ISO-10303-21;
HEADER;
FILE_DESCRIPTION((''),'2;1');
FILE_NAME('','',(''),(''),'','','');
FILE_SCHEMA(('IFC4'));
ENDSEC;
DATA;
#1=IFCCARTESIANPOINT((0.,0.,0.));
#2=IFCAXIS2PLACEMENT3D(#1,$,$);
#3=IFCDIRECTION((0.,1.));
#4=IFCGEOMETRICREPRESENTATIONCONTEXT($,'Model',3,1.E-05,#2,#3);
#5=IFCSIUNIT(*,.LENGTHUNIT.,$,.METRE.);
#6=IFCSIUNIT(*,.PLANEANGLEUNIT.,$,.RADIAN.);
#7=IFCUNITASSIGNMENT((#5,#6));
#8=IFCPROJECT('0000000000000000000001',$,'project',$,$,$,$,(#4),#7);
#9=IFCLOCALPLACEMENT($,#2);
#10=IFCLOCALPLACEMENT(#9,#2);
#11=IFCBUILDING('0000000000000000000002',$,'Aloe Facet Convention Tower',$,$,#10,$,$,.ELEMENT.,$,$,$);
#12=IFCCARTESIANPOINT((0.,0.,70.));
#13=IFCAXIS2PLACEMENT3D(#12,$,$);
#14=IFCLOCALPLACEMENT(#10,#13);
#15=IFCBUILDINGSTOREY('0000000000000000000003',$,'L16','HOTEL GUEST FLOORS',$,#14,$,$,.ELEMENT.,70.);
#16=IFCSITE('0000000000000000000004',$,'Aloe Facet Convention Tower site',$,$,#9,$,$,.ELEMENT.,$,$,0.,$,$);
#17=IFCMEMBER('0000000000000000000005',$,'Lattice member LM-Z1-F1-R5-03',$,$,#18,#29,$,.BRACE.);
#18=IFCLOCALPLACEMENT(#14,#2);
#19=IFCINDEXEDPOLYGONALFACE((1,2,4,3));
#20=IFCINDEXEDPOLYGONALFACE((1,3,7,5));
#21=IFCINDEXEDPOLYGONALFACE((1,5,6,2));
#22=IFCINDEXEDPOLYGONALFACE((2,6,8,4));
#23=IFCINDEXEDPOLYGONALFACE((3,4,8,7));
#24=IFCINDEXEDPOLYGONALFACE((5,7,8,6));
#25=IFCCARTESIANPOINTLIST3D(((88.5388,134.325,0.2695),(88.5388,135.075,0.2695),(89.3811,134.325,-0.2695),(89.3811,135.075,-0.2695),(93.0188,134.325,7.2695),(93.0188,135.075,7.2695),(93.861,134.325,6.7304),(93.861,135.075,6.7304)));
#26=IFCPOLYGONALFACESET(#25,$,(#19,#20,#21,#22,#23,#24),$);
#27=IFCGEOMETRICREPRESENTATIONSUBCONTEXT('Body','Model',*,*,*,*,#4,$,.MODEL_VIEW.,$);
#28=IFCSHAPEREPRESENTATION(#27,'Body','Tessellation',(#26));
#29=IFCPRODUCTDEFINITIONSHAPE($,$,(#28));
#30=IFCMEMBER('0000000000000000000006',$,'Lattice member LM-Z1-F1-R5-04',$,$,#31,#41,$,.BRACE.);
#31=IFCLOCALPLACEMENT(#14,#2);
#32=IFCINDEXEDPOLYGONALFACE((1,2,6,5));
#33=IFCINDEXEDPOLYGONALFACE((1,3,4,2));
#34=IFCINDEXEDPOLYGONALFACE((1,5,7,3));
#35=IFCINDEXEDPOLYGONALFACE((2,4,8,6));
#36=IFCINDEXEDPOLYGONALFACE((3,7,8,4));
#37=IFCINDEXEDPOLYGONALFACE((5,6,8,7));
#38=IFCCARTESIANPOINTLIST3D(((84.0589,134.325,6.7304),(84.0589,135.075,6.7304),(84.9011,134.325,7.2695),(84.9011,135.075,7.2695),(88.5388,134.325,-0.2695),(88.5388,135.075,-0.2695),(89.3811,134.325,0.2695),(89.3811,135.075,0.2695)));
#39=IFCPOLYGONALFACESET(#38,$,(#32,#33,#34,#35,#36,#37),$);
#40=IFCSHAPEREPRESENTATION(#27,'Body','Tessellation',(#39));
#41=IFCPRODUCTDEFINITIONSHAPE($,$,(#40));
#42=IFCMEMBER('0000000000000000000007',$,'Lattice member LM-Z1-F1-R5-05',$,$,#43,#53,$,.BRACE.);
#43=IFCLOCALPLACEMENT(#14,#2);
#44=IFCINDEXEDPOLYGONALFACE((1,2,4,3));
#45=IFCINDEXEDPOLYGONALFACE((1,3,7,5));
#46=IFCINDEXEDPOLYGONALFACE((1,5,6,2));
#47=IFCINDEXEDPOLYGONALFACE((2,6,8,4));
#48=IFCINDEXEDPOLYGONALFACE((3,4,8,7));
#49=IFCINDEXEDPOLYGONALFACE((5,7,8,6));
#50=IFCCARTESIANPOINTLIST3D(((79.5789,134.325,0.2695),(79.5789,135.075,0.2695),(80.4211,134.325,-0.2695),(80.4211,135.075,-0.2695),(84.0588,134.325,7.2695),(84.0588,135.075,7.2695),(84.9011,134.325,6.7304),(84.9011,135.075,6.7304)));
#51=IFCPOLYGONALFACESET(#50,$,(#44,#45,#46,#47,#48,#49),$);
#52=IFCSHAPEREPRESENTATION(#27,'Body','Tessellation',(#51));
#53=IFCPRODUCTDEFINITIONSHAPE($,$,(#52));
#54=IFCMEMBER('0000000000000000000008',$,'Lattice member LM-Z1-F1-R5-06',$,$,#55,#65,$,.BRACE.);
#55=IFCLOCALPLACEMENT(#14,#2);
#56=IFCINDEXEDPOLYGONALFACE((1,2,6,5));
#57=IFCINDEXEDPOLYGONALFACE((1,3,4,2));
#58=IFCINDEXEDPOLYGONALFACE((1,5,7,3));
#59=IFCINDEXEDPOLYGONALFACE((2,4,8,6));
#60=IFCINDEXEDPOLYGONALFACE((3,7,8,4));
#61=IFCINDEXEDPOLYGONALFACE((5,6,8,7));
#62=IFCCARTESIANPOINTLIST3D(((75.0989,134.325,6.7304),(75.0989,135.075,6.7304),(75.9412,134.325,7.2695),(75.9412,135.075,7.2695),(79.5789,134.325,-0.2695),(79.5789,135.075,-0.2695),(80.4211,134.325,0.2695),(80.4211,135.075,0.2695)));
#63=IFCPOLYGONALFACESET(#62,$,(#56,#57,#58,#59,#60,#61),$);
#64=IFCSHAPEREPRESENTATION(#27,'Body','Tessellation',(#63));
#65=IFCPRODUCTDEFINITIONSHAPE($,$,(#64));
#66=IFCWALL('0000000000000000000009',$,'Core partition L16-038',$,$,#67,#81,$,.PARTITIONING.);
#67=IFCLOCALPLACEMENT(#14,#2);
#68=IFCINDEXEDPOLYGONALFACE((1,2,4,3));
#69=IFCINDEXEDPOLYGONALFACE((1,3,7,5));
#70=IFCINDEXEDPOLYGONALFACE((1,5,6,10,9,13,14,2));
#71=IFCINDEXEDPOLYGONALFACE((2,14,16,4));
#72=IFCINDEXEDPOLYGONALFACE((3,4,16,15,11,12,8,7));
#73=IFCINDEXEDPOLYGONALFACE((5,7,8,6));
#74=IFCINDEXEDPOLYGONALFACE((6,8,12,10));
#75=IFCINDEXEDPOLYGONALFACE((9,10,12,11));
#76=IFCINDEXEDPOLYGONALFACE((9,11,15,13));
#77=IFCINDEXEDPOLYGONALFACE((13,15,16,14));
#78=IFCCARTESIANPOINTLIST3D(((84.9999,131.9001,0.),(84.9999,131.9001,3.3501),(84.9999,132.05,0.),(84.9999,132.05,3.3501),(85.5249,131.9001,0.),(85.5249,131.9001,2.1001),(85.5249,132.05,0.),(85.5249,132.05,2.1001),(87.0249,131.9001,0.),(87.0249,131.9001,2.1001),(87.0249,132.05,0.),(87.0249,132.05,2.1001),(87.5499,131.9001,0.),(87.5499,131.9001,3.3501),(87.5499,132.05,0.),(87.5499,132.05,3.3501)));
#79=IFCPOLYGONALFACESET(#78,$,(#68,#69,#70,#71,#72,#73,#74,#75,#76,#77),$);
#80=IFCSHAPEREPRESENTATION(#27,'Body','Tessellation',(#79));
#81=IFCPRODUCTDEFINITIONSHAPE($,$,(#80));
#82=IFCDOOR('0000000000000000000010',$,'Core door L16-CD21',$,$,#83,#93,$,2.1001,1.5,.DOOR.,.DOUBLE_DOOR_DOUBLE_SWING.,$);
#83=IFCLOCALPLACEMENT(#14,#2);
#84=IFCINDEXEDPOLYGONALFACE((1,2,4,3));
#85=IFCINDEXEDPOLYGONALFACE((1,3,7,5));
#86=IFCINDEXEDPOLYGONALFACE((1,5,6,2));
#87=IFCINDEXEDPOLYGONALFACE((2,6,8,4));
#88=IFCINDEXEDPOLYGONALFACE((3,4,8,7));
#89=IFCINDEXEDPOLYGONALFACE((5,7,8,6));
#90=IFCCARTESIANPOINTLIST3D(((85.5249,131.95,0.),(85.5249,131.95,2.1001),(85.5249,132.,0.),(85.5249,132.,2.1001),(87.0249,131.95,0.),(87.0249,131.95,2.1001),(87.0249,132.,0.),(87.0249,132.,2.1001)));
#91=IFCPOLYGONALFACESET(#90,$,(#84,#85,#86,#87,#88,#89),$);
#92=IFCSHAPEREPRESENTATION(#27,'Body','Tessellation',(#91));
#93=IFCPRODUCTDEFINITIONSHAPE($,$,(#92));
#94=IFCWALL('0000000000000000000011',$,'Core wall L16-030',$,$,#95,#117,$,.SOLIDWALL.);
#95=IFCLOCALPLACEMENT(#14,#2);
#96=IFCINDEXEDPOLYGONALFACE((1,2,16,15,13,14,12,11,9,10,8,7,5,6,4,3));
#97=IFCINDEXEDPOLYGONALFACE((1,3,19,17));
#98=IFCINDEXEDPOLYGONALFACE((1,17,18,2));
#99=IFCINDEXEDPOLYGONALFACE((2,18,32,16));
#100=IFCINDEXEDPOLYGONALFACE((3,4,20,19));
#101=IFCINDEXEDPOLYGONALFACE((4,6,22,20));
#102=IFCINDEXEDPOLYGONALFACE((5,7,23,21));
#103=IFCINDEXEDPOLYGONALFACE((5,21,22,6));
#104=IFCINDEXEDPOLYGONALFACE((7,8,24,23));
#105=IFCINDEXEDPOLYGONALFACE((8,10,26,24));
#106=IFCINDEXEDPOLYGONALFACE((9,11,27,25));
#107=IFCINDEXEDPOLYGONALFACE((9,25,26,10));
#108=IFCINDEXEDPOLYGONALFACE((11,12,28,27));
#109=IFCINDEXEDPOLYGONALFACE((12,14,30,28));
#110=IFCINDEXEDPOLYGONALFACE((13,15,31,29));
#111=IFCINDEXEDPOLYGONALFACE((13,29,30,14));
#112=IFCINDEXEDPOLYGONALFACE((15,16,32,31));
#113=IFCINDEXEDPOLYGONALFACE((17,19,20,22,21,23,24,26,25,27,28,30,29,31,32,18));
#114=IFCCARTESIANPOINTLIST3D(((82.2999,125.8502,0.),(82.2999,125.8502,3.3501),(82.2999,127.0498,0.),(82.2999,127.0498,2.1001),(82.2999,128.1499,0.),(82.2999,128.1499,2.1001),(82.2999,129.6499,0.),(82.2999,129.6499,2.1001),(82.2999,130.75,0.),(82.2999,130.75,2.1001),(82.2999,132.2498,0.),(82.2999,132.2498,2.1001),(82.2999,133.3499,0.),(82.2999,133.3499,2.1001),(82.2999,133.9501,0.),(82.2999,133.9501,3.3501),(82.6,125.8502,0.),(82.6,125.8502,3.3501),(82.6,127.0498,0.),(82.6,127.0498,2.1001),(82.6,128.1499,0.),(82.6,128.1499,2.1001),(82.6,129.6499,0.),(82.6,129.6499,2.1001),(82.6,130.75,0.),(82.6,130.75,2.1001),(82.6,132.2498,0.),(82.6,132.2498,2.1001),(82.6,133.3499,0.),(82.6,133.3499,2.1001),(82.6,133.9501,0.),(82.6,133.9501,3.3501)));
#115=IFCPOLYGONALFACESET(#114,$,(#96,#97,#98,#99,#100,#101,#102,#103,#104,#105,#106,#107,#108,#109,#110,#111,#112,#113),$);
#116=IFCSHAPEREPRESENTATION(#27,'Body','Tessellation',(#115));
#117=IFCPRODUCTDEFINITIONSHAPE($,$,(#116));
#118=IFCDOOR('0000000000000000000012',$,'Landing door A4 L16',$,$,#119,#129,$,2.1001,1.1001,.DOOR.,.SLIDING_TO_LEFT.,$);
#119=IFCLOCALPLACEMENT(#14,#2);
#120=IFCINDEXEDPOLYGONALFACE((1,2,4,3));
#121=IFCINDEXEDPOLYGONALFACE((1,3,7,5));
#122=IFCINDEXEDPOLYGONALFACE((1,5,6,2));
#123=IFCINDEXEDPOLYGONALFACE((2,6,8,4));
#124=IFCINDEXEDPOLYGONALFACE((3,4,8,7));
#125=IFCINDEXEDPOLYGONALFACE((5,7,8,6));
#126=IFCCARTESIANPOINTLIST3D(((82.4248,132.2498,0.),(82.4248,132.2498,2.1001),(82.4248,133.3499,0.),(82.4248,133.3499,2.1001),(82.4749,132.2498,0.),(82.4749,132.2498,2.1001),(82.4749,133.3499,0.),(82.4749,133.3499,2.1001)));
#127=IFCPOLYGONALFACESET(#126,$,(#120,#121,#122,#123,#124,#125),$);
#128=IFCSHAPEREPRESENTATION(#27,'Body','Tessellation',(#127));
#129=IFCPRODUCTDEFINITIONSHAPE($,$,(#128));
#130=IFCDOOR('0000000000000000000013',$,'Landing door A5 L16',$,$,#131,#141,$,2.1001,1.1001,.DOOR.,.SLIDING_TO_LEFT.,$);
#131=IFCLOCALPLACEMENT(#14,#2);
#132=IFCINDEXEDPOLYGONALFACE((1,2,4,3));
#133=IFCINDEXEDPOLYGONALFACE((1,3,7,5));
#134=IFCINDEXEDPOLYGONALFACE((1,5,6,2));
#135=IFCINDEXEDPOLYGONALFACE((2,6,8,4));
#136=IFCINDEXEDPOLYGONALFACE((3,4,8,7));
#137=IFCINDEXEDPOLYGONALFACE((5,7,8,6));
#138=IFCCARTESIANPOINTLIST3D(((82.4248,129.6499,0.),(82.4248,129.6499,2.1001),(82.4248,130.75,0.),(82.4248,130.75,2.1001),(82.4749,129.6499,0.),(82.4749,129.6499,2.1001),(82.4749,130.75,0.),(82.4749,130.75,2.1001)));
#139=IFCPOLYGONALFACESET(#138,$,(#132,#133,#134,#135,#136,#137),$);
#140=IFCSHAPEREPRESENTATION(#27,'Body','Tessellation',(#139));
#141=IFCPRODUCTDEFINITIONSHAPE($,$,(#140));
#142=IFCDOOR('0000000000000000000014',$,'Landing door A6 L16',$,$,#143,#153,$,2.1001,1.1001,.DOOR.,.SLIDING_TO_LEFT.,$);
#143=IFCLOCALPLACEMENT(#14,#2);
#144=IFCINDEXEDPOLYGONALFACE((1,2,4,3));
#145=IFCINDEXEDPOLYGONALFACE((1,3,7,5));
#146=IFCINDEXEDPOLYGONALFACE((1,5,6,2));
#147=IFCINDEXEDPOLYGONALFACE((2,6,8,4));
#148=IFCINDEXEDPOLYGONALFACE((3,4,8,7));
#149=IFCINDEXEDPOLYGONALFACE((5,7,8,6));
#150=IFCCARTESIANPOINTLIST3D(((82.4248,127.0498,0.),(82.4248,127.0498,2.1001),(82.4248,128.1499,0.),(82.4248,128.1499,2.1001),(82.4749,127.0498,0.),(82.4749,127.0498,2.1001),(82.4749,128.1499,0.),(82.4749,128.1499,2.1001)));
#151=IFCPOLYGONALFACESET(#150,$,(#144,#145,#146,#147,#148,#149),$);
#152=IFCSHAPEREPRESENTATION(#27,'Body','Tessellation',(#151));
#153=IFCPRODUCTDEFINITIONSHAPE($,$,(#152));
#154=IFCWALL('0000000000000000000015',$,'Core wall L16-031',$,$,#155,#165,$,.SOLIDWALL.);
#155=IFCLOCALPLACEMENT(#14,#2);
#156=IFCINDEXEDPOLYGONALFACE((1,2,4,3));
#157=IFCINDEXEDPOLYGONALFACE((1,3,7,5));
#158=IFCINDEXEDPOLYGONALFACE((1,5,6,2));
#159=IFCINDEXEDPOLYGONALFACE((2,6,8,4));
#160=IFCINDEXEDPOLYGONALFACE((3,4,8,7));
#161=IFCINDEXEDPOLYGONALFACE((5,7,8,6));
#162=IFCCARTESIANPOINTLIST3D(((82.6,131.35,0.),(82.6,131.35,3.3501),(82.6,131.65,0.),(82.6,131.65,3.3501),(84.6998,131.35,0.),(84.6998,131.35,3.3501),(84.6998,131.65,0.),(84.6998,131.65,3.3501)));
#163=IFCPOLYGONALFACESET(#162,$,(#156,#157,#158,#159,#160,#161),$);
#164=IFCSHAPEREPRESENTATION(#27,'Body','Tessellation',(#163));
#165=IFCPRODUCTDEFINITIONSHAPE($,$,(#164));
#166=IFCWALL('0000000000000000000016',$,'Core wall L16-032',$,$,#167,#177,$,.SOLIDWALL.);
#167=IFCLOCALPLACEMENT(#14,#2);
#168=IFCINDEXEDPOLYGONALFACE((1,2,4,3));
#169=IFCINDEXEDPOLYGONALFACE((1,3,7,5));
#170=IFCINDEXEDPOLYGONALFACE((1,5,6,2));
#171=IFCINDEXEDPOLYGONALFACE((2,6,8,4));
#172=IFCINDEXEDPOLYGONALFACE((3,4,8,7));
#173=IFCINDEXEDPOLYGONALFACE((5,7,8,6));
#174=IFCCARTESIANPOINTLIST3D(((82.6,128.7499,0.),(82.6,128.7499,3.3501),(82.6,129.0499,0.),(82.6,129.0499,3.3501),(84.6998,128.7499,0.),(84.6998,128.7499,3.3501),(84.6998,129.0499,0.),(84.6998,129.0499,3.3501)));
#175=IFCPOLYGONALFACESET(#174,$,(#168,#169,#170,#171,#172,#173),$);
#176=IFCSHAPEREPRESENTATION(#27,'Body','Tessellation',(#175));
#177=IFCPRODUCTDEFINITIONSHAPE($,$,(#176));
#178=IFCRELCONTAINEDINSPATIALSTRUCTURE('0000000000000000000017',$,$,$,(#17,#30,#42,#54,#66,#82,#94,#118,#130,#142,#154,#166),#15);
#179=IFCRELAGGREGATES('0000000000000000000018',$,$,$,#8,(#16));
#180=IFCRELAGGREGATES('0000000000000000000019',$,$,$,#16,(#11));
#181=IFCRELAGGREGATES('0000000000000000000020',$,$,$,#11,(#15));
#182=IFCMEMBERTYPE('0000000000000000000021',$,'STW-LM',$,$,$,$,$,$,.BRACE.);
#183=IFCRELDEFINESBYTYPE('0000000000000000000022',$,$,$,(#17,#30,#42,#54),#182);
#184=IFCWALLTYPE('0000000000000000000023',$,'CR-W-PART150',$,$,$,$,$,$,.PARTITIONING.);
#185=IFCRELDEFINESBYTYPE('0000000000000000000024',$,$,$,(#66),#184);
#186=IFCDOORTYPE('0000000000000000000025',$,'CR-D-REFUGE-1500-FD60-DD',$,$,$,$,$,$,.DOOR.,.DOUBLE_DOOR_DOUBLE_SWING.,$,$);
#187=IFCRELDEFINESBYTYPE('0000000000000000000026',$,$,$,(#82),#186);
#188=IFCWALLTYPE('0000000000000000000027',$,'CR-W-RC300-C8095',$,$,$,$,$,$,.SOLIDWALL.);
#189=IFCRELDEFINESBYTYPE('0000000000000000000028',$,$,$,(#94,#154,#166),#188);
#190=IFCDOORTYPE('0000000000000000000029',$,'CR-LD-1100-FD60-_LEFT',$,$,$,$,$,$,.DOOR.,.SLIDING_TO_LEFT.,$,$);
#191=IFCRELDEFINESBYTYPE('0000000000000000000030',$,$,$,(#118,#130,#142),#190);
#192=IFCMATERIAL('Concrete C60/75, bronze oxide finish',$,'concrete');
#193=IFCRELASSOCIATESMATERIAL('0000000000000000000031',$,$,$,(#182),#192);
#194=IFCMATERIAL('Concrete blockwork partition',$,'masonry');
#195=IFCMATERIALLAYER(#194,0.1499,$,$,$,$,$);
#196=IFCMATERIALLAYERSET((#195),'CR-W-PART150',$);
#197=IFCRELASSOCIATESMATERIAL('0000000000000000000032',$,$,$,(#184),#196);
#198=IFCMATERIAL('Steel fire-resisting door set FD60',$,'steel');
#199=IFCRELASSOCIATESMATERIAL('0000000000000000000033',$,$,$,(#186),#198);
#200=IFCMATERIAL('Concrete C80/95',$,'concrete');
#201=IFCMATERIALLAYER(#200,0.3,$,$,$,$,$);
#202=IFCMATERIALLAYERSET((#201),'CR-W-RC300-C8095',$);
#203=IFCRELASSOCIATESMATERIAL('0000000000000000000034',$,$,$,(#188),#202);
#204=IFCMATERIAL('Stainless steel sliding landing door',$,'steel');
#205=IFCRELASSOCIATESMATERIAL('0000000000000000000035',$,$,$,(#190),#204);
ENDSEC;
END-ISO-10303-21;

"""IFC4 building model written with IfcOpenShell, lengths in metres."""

from ifc_helpers import new_model, si_unit, direction, frame, frame_2d, origin, origin_2d, place, context, subcontext, project, spatial, rectangle, extrude, material, layer, layer_set, material_profile, profile_set, type_object, element, fill, save


model = new_model("IFC4")

# Units and contexts
model_context = context("Model", 3, precision=1e-05, world=origin(), true_north=direction((0.0, 1.0)))
body_context = subcontext(model_context, "Body", "Model", "MODEL_VIEW")
ifc_project = project(units=[si_unit("LENGTHUNIT", "METRE"), si_unit("PLANEANGLEUNIT", "RADIAN")], contexts=[model_context])

# Site, building, storey
site_placement = place(None, origin())
site = spatial("IfcSite", under=ifc_project, at=site_placement, Name="Aloe Facet Convention Tower site", CompositionType="ELEMENT", RefElevation=0.0)
building_placement = place(site_placement, origin())
building = spatial("IfcBuilding", under=site, at=building_placement, Name="Aloe Facet Convention Tower", CompositionType="ELEMENT")
storey_placement = place(building_placement, frame((0.0, 0.0, 70.0)))
storey = spatial("IfcBuildingStorey", under=building, at=storey_placement, Name="L16", Description="HOTEL GUEST FLOORS", CompositionType="ELEMENT", Elevation=70.0)

# Members
ifc_material_1 = material(Name="Concrete C60/75, bronze oxide finish", Category="concrete")
ifc_material_profile = material_profile(ifc_material_1, rectangle(XDim=0.75, YDim=1.0, at=origin_2d()), Name="STW-LM")
ifc_profile_set = profile_set([ifc_material_profile], Name="Concrete C60/75, bronze oxide finish")
member_type = type_object("IfcMemberType", Name="STW-LM", PredefinedType="BRACE", material=ifc_profile_set)
for number, where, z_axis, x_axis, name in (
    (1, (88.96, 134.7, 0.0), (0.539052, 0.0, 0.842272), (0.0, 1.0, 0.0), "Lattice member LM-Z1-F1-R5-03"),
    (2, (88.96, 134.7, 0.0), (-0.539052, 0.0, 0.842272), (0.0, -1.0, 0.0), "Lattice member LM-Z1-F1-R5-04"),
    (3, (80.0, 134.7, 0.0), (0.539052, 0.0, 0.842272), (0.0, 1.0, 0.0), "Lattice member LM-Z1-F1-R5-05"),
    (4, (80.0, 134.7, 0.0), (-0.539052, 0.0, 0.842272), (0.0, -1.0, 0.0), "Lattice member LM-Z1-F1-R5-06"),
):
    element("IfcMember", number, at=place(storey_placement, frame(where, z_axis=z_axis, x_axis=x_axis)), inside=storey, type_object=member_type, Name=name, PredefinedType="BRACE", context=body_context, shape_type="SweptSolid", body=[
        extrude(rectangle(XDim=0.75, YDim=1.0, at=origin_2d()), origin(), (0.0, 0.0, 1.0), 8.3108),
    ])

# Wall, opening, door
ifc_material_2 = material(Name="Concrete blockwork partition", Category="masonry")
ifc_layer_1 = layer(ifc_material_2, 0.1499)
ifc_layer_set_1 = layer_set([ifc_layer_1], Name="CR-W-PART150")
wall_type_1 = type_object("IfcWallType", Name="CR-W-PART150", PredefinedType="PARTITIONING", material=ifc_layer_set_1)
wall_1_placement = place(storey_placement, frame((85.0, 131.9751, 0.0), z_axis=(0.0, 0.0, 1.0), x_axis=(1.0, 0.0, 0.0)))
wall_1 = element("IfcWall", 5, at=wall_1_placement, inside=storey, type_object=wall_type_1, Name="Core partition L16-038", PredefinedType="PARTITIONING", context=body_context, shape_type="SweptSolid", body=[
    extrude(rectangle(XDim=2.55, YDim=0.1499, at=frame_2d((1.2749, 0.0))), origin(), (0.0, 0.0, 1.0), 3.3501),
])
opening_1_placement = place(wall_1_placement, frame((0.5249, 0.0, 0.0)))
opening_1 = element("IfcOpeningElement", 6, at=opening_1_placement, cuts=wall_1, PredefinedType="OPENING", context=body_context, shape_type="SweptSolid", body=[
    extrude(rectangle(XDim=1.5, YDim=2.1001, at=frame_2d((0.75, 1.05))), frame((0.0, 0.085, 0.0), z_axis=(0.0, -1.0, 0.0), x_axis=(1.0, 0.0, 0.0)), (0.0, 0.0, 1.0), 0.1699),
])
ifc_material_3 = material(Name="Steel fire-resisting door set FD60", Category="steel")
door_type_1 = type_object("IfcDoorType", Name="CR-D-REFUGE-1500-FD60-DD", OperationType="DOUBLE_DOOR_DOUBLE_SWING", PredefinedType="DOOR", material=ifc_material_3)
door_1_placement = place(opening_1_placement, origin())
door_1 = element("IfcDoor", 7, at=door_1_placement, inside=storey, type_object=door_type_1, Name="Core door L16-CD21", OperationType="DOUBLE_DOOR_DOUBLE_SWING", OverallHeight=2.1001, OverallWidth=1.5, PredefinedType="DOOR", context=body_context, shape_type="SweptSolid", body=[
    extrude(rectangle(XDim=1.5, YDim=2.1001, at=frame_2d((0.75, 1.05))), frame((0.0, 0.0249, 0.0), z_axis=(0.0, -1.0, 0.0), x_axis=(1.0, 0.0, 0.0)), (0.0, 0.0, 1.0), 0.05),
])
fill(opening_1, door_1)

# Wall, openings, doors
ifc_material_4 = material(Name="Concrete C80/95", Category="concrete")
ifc_layer_2 = layer(ifc_material_4, 0.3)
ifc_layer_set_2 = layer_set([ifc_layer_2], Name="CR-W-RC300-C8095")
wall_type_2 = type_object("IfcWallType", Name="CR-W-RC300-C8095", PredefinedType="SOLIDWALL", material=ifc_layer_set_2)
wall_2_placement = place(storey_placement, frame((82.45, 133.95, 0.0), z_axis=(0.0, 0.0, 1.0), x_axis=(0.0, -1.0, 0.0)))
wall_2 = element("IfcWall", 8, at=wall_2_placement, inside=storey, type_object=wall_type_2, Name="Core wall L16-030", PredefinedType="SOLIDWALL", context=body_context, shape_type="SweptSolid", body=[
    extrude(rectangle(XDim=8.0999, YDim=0.3, at=frame_2d((4.0498, 0.0))), origin(), (0.0, 0.0, 1.0), 3.3501),
])
opening_2_placement = place(wall_2_placement, frame((0.6001, 0.0, 0.0)))
opening_2 = element("IfcOpeningElement", 9, at=opening_2_placement, cuts=wall_2, PredefinedType="OPENING", context=body_context, shape_type="SweptSolid", body=[
    extrude(rectangle(XDim=1.1001, YDim=2.1001, at=frame_2d((0.55, 1.05))), frame((0.0, 0.1602, 0.0), z_axis=(0.0, -1.0, 0.0), x_axis=(1.0, 0.0, 0.0)), (0.0, 0.0, 1.0), 0.3201),
])
opening_3_placement = place(wall_2_placement, frame((3.2, 0.0, 0.0)))
opening_3 = element("IfcOpeningElement", 10, at=opening_3_placement, cuts=wall_2, PredefinedType="OPENING", context=body_context, shape_type="SweptSolid", body=[
    extrude(rectangle(XDim=1.1001, YDim=2.1001, at=frame_2d((0.55, 1.05))), frame((0.0, 0.1602, 0.0), z_axis=(0.0, -1.0, 0.0), x_axis=(1.0, 0.0, 0.0)), (0.0, 0.0, 1.0), 0.3201),
])
opening_4_placement = place(wall_2_placement, frame((5.8, 0.0, 0.0)))
opening_4 = element("IfcOpeningElement", 11, at=opening_4_placement, cuts=wall_2, PredefinedType="OPENING", context=body_context, shape_type="SweptSolid", body=[
    extrude(rectangle(XDim=1.1001, YDim=2.1001, at=frame_2d((0.55, 1.05))), frame((0.0, 0.1602, 0.0), z_axis=(0.0, -1.0, 0.0), x_axis=(1.0, 0.0, 0.0)), (0.0, 0.0, 1.0), 0.3201),
])
ifc_material_5 = material(Name="Stainless steel sliding landing door", Category="steel")
door_type_2 = type_object("IfcDoorType", Name="CR-LD-1100-FD60-_LEFT", OperationType="SLIDING_TO_LEFT", PredefinedType="DOOR", material=ifc_material_5)
door_2_placement = place(opening_2_placement, origin())
door_2 = element("IfcDoor", 12, at=door_2_placement, inside=storey, type_object=door_type_2, Name="Landing door A4 L16", OperationType="SLIDING_TO_LEFT", OverallHeight=2.1001, OverallWidth=1.1001, PredefinedType="DOOR", context=body_context, shape_type="SweptSolid", body=[
    extrude(rectangle(XDim=1.1001, YDim=2.1001, at=frame_2d((0.55, 1.05))), frame((0.0, 0.0249, 0.0), z_axis=(0.0, -1.0, 0.0), x_axis=(1.0, 0.0, 0.0)), (0.0, 0.0, 1.0), 0.05),
])
fill(opening_2, door_2)
door_3_placement = place(opening_3_placement, origin())
door_3 = element("IfcDoor", 13, at=door_3_placement, inside=storey, type_object=door_type_2, Name="Landing door A5 L16", OperationType="SLIDING_TO_LEFT", OverallHeight=2.1001, OverallWidth=1.1001, PredefinedType="DOOR", context=body_context, shape_type="SweptSolid", body=[
    extrude(rectangle(XDim=1.1001, YDim=2.1001, at=frame_2d((0.55, 1.05))), frame((0.0, 0.0249, 0.0), z_axis=(0.0, -1.0, 0.0), x_axis=(1.0, 0.0, 0.0)), (0.0, 0.0, 1.0), 0.05),
])
fill(opening_3, door_3)
door_4_placement = place(opening_4_placement, origin())
door_4 = element("IfcDoor", 14, at=door_4_placement, inside=storey, type_object=door_type_2, Name="Landing door A6 L16", OperationType="SLIDING_TO_LEFT", OverallHeight=2.1001, OverallWidth=1.1001, PredefinedType="DOOR", context=body_context, shape_type="SweptSolid", body=[
    extrude(rectangle(XDim=1.1001, YDim=2.1001, at=frame_2d((0.55, 1.05))), frame((0.0, 0.0249, 0.0), z_axis=(0.0, -1.0, 0.0), x_axis=(1.0, 0.0, 0.0)), (0.0, 0.0, 1.0), 0.05),
])
fill(opening_4, door_4)

# Walls
for number, where, z_axis, x_axis, name in (
    (15, (82.6001, 131.5, 0.0), (0.0, 0.0, 1.0), (1.0, 0.0, 0.0), "Core wall L16-031"),
    (16, (82.6001, 128.8999, 0.0), (0.0, 0.0, 1.0), (1.0, 0.0, 0.0), "Core wall L16-032"),
):
    element("IfcWall", number, at=place(storey_placement, frame(where, z_axis=z_axis, x_axis=x_axis)), inside=storey, type_object=wall_type_2, Name=name, PredefinedType="SOLIDWALL", context=body_context, shape_type="SweptSolid", body=[
        extrude(rectangle(XDim=2.0999, YDim=0.3, at=frame_2d((1.0498, 0.0))), origin(), (0.0, 0.0, 1.0), 3.3501),
    ])

save(model, "model.ifc")
